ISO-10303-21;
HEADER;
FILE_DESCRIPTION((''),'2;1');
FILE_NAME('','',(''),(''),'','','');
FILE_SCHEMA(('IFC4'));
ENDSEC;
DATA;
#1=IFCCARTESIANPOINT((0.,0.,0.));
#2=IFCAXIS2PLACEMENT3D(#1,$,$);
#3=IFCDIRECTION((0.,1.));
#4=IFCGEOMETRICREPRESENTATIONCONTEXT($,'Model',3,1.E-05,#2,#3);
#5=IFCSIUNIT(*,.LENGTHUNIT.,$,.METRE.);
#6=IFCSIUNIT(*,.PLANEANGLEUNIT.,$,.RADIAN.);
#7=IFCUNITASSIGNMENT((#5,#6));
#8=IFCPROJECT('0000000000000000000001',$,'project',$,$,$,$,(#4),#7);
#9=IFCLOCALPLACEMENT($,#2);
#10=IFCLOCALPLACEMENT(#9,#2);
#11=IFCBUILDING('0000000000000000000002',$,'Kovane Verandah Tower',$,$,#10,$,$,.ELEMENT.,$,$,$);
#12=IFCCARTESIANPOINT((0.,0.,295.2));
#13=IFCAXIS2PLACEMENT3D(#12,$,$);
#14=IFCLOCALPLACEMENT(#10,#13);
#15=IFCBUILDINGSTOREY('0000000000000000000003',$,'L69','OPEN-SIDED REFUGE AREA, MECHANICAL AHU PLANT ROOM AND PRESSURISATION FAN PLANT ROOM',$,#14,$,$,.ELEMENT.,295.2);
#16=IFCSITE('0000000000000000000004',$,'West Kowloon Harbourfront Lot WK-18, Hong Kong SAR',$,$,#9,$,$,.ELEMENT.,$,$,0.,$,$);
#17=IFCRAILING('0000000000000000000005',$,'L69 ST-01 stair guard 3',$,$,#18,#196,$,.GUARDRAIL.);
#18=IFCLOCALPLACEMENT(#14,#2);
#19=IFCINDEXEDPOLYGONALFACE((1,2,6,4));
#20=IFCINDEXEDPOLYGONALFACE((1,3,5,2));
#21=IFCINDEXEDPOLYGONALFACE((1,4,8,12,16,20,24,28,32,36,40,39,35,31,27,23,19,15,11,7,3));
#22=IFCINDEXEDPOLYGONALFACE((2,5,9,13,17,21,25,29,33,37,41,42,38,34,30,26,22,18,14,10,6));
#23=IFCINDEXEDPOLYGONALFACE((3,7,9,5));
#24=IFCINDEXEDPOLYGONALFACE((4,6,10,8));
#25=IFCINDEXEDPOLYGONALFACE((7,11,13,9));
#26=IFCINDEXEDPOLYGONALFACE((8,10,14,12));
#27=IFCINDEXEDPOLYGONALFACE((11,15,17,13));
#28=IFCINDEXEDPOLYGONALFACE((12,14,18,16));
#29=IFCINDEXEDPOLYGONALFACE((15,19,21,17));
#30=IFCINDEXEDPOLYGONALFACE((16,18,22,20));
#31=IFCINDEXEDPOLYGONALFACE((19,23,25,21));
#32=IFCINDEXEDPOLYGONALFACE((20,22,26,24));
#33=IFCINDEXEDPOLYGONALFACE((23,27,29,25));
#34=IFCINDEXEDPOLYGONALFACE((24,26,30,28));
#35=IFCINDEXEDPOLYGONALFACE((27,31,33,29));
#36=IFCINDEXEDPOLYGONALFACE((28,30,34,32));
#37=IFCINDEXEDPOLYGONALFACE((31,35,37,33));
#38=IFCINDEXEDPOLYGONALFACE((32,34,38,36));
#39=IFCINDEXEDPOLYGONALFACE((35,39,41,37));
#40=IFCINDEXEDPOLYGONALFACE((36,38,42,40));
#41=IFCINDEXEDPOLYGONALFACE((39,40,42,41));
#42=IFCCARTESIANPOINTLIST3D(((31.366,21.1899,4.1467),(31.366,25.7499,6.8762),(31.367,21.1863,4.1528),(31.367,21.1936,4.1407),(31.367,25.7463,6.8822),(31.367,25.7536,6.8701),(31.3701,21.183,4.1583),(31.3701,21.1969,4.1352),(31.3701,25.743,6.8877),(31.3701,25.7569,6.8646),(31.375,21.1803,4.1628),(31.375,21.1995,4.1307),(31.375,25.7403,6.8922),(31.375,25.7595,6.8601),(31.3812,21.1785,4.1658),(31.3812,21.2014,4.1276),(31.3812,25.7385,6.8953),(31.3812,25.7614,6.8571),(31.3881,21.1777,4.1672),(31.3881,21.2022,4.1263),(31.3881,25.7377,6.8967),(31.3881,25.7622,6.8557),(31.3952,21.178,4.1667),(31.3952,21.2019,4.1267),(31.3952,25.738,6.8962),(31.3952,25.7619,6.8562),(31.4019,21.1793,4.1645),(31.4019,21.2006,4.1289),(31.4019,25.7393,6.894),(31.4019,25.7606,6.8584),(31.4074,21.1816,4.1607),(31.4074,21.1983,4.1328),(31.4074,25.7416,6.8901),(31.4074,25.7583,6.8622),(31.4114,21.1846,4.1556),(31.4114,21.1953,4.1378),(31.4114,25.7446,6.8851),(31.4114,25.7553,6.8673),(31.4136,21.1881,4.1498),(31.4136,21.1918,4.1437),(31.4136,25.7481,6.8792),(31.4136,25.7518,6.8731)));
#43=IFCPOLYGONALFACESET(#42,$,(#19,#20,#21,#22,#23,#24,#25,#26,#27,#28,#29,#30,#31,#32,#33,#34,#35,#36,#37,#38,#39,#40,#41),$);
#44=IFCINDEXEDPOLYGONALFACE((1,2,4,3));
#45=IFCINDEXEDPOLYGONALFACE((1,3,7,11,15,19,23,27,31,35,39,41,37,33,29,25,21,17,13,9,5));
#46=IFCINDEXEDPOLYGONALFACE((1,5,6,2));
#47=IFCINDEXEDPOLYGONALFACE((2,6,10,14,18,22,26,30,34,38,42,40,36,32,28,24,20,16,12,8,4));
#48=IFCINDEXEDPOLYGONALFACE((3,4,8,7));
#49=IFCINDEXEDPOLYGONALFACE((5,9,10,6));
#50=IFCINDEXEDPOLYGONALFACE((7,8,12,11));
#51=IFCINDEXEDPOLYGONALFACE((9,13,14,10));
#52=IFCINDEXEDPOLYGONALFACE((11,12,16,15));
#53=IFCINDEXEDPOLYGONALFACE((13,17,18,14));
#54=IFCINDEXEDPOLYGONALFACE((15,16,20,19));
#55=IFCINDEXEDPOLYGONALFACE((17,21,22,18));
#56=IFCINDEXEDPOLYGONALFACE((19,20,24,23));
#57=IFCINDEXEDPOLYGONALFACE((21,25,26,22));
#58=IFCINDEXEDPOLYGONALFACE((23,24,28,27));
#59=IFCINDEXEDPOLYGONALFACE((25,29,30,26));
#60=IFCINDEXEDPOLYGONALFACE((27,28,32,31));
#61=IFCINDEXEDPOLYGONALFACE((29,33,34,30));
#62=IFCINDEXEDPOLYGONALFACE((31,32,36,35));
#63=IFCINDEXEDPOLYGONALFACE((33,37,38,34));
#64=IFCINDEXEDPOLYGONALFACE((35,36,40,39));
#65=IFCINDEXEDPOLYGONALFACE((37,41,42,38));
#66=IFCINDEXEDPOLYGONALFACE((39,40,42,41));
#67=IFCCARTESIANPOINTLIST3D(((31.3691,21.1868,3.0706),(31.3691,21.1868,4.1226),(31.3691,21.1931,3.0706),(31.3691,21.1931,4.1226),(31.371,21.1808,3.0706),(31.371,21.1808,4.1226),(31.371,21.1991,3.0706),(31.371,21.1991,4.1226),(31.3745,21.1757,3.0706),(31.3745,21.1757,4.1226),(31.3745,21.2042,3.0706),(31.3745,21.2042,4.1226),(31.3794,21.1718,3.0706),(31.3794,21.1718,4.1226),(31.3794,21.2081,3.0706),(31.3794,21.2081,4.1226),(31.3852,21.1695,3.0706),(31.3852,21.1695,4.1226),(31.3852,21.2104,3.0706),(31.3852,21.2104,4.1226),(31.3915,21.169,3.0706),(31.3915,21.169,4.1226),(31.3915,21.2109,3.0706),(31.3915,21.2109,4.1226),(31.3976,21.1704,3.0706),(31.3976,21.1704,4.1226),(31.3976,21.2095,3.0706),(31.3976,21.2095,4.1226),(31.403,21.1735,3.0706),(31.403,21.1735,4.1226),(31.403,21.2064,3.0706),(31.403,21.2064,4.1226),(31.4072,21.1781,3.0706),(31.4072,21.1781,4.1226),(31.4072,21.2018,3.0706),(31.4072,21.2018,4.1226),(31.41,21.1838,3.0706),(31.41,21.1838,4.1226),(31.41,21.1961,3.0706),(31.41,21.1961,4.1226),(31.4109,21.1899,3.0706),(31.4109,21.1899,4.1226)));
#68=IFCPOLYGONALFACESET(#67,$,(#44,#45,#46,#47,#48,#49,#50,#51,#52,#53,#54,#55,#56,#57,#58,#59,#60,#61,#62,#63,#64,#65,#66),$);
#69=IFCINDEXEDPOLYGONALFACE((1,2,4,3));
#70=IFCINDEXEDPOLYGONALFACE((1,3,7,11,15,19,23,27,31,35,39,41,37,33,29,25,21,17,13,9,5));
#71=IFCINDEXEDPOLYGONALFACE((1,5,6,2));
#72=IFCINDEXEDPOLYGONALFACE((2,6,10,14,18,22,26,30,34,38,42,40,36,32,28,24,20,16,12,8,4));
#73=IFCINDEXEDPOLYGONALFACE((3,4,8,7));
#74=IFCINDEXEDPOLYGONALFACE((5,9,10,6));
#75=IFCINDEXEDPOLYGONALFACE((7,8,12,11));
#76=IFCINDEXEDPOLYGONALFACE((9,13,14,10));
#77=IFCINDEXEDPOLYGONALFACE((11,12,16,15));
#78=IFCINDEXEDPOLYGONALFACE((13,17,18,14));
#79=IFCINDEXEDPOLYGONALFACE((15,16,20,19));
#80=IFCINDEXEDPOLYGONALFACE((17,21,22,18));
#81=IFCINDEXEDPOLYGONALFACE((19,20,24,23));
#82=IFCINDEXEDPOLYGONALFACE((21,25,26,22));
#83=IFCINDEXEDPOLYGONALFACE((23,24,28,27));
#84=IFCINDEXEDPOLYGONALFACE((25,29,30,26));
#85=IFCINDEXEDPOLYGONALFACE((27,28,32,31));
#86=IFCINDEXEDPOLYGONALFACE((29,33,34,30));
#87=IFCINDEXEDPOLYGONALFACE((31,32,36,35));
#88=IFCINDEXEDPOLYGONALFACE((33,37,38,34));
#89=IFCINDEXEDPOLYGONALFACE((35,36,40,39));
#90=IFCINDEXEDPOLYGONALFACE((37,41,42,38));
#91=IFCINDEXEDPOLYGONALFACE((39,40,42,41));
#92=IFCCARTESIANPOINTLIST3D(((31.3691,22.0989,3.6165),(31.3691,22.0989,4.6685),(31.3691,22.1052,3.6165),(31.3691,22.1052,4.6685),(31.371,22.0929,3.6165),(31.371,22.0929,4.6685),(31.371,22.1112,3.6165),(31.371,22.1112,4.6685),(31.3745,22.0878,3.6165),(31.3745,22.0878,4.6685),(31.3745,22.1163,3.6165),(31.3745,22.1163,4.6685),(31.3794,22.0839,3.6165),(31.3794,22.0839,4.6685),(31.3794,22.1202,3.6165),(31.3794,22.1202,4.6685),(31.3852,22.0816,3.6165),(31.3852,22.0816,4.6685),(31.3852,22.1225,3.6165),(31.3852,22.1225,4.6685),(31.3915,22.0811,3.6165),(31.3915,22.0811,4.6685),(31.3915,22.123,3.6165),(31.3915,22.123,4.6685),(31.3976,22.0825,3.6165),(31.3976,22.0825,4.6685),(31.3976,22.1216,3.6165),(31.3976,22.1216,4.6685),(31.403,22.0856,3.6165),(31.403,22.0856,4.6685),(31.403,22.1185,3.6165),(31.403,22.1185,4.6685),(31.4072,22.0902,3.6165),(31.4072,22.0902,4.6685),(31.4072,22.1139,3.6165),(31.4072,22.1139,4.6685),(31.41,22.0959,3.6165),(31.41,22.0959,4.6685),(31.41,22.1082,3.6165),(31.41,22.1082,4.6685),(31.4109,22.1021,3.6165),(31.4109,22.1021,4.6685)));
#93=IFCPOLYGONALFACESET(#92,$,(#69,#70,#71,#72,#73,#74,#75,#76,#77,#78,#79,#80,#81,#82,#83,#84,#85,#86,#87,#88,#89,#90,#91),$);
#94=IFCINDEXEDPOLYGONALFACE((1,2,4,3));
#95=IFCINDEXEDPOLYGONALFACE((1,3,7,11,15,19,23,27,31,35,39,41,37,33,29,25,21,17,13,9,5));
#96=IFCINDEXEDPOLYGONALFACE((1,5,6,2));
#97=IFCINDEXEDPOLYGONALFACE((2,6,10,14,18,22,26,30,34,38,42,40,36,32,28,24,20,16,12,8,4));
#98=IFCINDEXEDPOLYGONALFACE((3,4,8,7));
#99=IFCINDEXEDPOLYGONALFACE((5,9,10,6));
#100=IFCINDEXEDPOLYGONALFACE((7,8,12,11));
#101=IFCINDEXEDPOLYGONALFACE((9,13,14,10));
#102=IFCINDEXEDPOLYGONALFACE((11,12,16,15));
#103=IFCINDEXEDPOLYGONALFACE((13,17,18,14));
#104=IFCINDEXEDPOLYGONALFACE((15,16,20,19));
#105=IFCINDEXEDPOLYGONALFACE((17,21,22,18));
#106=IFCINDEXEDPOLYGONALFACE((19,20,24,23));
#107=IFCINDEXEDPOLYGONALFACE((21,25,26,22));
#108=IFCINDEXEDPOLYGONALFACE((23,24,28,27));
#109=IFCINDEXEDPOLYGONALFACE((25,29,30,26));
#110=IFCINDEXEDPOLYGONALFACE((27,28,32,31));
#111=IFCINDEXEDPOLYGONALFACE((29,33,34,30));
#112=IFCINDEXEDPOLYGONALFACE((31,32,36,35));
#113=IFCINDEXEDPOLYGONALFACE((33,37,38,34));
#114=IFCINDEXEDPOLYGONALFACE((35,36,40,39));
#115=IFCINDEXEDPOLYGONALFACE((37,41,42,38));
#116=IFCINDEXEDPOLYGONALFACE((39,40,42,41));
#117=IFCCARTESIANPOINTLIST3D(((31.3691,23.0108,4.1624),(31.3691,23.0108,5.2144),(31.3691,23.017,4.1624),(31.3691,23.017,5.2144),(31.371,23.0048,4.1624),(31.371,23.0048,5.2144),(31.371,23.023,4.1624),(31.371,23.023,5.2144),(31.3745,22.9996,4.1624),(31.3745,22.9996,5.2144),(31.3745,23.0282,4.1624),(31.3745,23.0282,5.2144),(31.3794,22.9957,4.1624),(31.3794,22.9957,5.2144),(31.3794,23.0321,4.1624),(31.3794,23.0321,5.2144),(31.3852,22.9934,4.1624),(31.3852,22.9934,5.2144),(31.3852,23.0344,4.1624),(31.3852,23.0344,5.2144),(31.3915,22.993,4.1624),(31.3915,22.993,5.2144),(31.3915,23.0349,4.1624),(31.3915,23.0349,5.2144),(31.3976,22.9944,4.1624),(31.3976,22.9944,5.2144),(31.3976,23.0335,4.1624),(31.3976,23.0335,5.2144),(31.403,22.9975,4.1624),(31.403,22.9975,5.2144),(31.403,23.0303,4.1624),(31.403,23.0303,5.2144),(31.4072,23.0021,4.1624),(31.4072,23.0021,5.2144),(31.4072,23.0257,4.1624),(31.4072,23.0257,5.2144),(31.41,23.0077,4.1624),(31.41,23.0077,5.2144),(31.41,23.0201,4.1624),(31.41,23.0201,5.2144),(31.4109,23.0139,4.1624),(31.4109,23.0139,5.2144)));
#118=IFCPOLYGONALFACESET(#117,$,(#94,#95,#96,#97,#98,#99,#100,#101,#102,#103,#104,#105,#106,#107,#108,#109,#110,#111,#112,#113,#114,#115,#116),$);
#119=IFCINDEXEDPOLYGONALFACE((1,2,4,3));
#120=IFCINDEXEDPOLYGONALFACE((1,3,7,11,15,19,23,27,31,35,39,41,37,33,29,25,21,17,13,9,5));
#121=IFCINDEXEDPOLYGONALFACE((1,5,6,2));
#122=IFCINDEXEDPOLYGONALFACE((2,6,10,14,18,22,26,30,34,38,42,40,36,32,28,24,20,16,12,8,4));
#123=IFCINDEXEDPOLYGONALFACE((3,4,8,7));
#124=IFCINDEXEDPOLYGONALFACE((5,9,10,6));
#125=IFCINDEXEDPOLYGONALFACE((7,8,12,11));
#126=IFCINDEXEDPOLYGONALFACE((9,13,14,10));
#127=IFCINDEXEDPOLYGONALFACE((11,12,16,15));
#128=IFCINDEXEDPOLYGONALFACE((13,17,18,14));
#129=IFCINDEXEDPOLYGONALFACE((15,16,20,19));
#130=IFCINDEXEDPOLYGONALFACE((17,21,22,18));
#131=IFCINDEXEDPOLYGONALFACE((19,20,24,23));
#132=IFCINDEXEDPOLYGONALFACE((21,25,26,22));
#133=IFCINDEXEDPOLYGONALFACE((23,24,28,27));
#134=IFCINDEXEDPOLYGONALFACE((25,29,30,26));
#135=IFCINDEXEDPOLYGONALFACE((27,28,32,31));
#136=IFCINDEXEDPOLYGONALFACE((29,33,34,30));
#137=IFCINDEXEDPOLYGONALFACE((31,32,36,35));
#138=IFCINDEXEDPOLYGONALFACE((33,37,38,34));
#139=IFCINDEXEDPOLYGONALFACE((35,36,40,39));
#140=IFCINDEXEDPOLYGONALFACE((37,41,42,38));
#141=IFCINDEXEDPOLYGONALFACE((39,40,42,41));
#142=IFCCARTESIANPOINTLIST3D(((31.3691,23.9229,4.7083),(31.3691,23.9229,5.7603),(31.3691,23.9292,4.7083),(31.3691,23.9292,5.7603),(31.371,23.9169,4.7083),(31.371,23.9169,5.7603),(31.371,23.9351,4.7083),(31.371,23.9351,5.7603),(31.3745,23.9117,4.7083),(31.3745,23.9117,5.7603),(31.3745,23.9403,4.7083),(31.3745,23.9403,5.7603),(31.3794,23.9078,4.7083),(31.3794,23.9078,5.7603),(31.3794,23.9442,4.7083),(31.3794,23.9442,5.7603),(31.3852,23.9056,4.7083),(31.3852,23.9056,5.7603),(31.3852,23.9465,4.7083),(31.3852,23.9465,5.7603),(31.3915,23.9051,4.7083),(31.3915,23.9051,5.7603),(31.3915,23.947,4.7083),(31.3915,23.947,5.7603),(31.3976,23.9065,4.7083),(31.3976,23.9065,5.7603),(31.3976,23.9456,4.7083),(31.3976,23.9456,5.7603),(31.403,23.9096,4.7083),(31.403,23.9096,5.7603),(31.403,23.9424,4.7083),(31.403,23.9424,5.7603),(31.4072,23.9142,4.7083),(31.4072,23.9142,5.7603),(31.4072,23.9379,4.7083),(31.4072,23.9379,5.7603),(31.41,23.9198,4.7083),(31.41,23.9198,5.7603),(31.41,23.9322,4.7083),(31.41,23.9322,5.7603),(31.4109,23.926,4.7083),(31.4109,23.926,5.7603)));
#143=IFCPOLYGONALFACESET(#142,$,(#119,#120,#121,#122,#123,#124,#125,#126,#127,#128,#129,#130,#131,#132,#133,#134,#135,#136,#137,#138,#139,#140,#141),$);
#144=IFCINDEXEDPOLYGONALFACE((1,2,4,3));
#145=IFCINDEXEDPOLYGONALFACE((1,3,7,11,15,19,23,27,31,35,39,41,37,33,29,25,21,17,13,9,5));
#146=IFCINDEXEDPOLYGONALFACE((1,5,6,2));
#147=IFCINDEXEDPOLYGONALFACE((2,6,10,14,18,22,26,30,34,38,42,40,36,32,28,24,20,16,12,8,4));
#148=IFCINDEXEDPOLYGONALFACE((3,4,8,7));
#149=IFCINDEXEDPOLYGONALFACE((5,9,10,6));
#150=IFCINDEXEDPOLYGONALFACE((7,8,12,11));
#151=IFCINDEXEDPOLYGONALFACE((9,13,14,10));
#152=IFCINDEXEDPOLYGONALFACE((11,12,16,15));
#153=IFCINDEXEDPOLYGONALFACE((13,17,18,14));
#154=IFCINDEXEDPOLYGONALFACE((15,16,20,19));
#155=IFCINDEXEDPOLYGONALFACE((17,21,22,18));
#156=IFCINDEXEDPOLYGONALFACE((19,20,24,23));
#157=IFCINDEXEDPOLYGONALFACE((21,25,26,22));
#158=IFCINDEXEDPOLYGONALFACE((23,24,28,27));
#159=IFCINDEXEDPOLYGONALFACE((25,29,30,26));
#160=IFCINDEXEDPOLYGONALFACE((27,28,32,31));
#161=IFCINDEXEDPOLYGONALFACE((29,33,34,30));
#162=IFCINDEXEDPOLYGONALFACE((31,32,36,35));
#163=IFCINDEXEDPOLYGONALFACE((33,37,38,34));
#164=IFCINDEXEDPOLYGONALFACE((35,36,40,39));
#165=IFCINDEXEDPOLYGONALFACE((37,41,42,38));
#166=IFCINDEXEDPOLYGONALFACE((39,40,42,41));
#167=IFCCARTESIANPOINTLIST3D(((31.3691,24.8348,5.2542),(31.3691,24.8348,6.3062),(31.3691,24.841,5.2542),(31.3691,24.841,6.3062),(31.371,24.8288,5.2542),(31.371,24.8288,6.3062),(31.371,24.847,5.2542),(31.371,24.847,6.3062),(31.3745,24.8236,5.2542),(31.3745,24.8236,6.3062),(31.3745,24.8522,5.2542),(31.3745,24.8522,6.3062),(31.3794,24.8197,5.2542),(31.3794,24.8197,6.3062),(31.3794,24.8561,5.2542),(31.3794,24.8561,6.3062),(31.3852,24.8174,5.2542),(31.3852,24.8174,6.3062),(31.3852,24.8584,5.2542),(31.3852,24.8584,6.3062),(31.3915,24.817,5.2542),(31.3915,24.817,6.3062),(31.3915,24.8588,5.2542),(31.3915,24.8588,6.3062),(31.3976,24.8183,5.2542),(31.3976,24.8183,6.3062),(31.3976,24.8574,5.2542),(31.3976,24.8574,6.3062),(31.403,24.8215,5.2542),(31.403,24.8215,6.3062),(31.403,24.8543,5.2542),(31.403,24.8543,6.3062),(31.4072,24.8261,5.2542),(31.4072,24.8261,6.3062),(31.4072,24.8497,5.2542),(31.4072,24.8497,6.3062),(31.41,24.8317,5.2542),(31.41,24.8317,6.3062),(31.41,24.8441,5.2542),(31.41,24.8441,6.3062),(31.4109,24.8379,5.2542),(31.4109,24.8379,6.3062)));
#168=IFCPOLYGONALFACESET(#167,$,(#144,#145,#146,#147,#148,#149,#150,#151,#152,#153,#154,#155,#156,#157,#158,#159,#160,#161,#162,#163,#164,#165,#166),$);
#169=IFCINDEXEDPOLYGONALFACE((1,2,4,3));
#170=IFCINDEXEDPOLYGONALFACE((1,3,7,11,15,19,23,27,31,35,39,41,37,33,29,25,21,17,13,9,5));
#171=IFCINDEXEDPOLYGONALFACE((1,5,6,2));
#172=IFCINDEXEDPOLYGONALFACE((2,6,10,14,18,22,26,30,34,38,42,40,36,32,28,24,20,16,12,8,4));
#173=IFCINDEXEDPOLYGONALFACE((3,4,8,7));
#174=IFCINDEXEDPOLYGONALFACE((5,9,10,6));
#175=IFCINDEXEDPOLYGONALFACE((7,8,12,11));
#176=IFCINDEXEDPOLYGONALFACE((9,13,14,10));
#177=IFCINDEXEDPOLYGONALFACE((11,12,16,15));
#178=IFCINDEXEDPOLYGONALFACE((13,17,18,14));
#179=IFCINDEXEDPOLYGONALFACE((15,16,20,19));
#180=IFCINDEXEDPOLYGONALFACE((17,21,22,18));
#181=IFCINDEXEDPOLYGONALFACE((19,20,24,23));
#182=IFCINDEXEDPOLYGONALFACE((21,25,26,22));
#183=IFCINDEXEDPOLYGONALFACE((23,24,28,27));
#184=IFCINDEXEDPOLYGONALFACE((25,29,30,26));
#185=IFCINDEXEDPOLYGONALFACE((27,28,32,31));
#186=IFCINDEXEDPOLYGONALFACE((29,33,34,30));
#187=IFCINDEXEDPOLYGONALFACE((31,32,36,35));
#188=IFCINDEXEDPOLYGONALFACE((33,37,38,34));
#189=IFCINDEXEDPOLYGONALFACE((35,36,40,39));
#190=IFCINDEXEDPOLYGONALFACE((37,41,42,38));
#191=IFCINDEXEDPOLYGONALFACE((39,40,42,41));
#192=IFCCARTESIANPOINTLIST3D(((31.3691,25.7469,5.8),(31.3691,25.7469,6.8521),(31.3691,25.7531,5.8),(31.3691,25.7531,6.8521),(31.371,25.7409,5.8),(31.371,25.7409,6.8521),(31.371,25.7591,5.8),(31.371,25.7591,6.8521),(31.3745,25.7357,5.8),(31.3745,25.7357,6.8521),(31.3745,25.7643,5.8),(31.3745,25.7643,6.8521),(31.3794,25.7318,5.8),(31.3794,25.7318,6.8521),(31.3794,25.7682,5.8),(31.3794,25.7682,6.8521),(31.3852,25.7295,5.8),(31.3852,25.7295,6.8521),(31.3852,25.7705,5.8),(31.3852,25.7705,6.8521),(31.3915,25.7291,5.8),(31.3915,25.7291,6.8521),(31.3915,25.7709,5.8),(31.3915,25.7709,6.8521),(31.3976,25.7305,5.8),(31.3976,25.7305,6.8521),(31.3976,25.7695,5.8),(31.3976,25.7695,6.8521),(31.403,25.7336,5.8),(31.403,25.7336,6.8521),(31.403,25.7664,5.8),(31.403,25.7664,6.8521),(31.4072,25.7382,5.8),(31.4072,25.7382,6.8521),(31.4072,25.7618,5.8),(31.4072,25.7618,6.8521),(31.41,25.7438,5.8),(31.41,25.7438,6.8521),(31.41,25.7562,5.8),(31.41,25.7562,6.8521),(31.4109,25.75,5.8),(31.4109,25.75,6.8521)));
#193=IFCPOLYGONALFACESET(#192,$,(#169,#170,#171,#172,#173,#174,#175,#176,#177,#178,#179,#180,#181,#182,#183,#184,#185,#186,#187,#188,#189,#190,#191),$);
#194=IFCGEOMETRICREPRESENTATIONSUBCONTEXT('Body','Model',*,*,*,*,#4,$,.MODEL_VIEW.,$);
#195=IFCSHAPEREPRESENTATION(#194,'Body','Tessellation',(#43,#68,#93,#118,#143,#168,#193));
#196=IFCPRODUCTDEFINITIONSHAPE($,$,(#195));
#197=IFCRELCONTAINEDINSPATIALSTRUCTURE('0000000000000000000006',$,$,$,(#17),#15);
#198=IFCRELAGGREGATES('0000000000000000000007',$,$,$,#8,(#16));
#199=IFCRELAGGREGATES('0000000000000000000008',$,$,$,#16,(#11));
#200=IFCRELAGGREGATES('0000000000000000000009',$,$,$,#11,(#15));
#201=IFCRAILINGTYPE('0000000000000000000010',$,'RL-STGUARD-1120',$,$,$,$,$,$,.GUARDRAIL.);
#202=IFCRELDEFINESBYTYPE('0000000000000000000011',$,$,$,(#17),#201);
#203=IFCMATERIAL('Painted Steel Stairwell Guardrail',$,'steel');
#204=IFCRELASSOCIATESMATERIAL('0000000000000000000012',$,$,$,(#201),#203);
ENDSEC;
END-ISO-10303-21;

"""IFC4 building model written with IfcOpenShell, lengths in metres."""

from ifc_helpers import new_model, si_unit, direction, frame, origin, origin_2d, place, context, subcontext, project, spatial, circle, extrude, material, type_object, element, save


model = new_model("IFC4")

# Units and contexts
model_context = context("Model", 3, precision=1e-05, world=origin(), true_north=direction((0.0, 1.0)))
body_context = subcontext(model_context, "Body", "Model", "MODEL_VIEW")
ifc_project = project(units=[si_unit("LENGTHUNIT", "METRE"), si_unit("PLANEANGLEUNIT", "RADIAN")], contexts=[model_context])

# Site, building, storey
site_placement = place(None, origin())
site = spatial("IfcSite", under=ifc_project, at=site_placement, Name="West Kowloon Harbourfront Lot WK-18, Hong Kong SAR", CompositionType="ELEMENT", RefElevation=0.0)
building_placement = place(site_placement, origin())
building = spatial("IfcBuilding", under=site, at=building_placement, Name="Kovane Verandah Tower", CompositionType="ELEMENT")
storey_placement = place(building_placement, frame((0.0, 0.0, 295.2)))
storey = spatial("IfcBuildingStorey", under=building, at=storey_placement, Name="L69", Description="OPEN-SIDED REFUGE AREA, MECHANICAL AHU PLANT ROOM AND PRESSURISATION FAN PLANT ROOM", CompositionType="ELEMENT", Elevation=295.2)

# Railing
ifc_material_1 = material(Name="Painted Steel Stairwell Guardrail", Category="steel")
railing_type_1 = type_object("IfcRailingType", Name="RL-STGUARD-1120", PredefinedType="GUARDRAIL", material=ifc_material_1)
railing_1_placement = place(storey_placement, frame((31.3899, 21.1899, 3.0706)))
element("IfcRailing", 1, at=railing_1_placement, inside=storey, type_object=railing_type_1, Name="L69 ST-01 stair guard 3", PredefinedType="GUARDRAIL", context=body_context, shape_type="SweptSolid", body=[
    extrude(circle(Radius=0.0239, at=origin_2d()), frame((0.0, 0.0, 1.0762), z_axis=(0.0, 0.858036, 0.51359), x_axis=(-1.0, 0.0, 0.0)), (0.0, 0.0, 1.0), 5.3145),
    extrude(circle(Radius=0.021, at=origin_2d()), origin(), (0.0, 0.0, 1.0), 1.052),
    extrude(circle(Radius=0.021, at=origin_2d()), frame((0.0, 0.9121, 0.5459)), (0.0, 0.0, 1.0), 1.052),
    extrude(circle(Radius=0.021, at=origin_2d()), frame((0.0, 1.824, 1.0918)), (0.0, 0.0, 1.0), 1.052),
    extrude(circle(Radius=0.021, at=origin_2d()), frame((0.0, 2.7361, 1.6377)), (0.0, 0.0, 1.0), 1.052),
    extrude(circle(Radius=0.021, at=origin_2d()), frame((0.0, 3.6479, 2.1836)), (0.0, 0.0, 1.0), 1.052),
    extrude(circle(Radius=0.021, at=origin_2d()), frame((0.0, 4.5601, 2.7295)), (0.0, 0.0, 1.0), 1.052),
])

save(model, "model.ifc")
